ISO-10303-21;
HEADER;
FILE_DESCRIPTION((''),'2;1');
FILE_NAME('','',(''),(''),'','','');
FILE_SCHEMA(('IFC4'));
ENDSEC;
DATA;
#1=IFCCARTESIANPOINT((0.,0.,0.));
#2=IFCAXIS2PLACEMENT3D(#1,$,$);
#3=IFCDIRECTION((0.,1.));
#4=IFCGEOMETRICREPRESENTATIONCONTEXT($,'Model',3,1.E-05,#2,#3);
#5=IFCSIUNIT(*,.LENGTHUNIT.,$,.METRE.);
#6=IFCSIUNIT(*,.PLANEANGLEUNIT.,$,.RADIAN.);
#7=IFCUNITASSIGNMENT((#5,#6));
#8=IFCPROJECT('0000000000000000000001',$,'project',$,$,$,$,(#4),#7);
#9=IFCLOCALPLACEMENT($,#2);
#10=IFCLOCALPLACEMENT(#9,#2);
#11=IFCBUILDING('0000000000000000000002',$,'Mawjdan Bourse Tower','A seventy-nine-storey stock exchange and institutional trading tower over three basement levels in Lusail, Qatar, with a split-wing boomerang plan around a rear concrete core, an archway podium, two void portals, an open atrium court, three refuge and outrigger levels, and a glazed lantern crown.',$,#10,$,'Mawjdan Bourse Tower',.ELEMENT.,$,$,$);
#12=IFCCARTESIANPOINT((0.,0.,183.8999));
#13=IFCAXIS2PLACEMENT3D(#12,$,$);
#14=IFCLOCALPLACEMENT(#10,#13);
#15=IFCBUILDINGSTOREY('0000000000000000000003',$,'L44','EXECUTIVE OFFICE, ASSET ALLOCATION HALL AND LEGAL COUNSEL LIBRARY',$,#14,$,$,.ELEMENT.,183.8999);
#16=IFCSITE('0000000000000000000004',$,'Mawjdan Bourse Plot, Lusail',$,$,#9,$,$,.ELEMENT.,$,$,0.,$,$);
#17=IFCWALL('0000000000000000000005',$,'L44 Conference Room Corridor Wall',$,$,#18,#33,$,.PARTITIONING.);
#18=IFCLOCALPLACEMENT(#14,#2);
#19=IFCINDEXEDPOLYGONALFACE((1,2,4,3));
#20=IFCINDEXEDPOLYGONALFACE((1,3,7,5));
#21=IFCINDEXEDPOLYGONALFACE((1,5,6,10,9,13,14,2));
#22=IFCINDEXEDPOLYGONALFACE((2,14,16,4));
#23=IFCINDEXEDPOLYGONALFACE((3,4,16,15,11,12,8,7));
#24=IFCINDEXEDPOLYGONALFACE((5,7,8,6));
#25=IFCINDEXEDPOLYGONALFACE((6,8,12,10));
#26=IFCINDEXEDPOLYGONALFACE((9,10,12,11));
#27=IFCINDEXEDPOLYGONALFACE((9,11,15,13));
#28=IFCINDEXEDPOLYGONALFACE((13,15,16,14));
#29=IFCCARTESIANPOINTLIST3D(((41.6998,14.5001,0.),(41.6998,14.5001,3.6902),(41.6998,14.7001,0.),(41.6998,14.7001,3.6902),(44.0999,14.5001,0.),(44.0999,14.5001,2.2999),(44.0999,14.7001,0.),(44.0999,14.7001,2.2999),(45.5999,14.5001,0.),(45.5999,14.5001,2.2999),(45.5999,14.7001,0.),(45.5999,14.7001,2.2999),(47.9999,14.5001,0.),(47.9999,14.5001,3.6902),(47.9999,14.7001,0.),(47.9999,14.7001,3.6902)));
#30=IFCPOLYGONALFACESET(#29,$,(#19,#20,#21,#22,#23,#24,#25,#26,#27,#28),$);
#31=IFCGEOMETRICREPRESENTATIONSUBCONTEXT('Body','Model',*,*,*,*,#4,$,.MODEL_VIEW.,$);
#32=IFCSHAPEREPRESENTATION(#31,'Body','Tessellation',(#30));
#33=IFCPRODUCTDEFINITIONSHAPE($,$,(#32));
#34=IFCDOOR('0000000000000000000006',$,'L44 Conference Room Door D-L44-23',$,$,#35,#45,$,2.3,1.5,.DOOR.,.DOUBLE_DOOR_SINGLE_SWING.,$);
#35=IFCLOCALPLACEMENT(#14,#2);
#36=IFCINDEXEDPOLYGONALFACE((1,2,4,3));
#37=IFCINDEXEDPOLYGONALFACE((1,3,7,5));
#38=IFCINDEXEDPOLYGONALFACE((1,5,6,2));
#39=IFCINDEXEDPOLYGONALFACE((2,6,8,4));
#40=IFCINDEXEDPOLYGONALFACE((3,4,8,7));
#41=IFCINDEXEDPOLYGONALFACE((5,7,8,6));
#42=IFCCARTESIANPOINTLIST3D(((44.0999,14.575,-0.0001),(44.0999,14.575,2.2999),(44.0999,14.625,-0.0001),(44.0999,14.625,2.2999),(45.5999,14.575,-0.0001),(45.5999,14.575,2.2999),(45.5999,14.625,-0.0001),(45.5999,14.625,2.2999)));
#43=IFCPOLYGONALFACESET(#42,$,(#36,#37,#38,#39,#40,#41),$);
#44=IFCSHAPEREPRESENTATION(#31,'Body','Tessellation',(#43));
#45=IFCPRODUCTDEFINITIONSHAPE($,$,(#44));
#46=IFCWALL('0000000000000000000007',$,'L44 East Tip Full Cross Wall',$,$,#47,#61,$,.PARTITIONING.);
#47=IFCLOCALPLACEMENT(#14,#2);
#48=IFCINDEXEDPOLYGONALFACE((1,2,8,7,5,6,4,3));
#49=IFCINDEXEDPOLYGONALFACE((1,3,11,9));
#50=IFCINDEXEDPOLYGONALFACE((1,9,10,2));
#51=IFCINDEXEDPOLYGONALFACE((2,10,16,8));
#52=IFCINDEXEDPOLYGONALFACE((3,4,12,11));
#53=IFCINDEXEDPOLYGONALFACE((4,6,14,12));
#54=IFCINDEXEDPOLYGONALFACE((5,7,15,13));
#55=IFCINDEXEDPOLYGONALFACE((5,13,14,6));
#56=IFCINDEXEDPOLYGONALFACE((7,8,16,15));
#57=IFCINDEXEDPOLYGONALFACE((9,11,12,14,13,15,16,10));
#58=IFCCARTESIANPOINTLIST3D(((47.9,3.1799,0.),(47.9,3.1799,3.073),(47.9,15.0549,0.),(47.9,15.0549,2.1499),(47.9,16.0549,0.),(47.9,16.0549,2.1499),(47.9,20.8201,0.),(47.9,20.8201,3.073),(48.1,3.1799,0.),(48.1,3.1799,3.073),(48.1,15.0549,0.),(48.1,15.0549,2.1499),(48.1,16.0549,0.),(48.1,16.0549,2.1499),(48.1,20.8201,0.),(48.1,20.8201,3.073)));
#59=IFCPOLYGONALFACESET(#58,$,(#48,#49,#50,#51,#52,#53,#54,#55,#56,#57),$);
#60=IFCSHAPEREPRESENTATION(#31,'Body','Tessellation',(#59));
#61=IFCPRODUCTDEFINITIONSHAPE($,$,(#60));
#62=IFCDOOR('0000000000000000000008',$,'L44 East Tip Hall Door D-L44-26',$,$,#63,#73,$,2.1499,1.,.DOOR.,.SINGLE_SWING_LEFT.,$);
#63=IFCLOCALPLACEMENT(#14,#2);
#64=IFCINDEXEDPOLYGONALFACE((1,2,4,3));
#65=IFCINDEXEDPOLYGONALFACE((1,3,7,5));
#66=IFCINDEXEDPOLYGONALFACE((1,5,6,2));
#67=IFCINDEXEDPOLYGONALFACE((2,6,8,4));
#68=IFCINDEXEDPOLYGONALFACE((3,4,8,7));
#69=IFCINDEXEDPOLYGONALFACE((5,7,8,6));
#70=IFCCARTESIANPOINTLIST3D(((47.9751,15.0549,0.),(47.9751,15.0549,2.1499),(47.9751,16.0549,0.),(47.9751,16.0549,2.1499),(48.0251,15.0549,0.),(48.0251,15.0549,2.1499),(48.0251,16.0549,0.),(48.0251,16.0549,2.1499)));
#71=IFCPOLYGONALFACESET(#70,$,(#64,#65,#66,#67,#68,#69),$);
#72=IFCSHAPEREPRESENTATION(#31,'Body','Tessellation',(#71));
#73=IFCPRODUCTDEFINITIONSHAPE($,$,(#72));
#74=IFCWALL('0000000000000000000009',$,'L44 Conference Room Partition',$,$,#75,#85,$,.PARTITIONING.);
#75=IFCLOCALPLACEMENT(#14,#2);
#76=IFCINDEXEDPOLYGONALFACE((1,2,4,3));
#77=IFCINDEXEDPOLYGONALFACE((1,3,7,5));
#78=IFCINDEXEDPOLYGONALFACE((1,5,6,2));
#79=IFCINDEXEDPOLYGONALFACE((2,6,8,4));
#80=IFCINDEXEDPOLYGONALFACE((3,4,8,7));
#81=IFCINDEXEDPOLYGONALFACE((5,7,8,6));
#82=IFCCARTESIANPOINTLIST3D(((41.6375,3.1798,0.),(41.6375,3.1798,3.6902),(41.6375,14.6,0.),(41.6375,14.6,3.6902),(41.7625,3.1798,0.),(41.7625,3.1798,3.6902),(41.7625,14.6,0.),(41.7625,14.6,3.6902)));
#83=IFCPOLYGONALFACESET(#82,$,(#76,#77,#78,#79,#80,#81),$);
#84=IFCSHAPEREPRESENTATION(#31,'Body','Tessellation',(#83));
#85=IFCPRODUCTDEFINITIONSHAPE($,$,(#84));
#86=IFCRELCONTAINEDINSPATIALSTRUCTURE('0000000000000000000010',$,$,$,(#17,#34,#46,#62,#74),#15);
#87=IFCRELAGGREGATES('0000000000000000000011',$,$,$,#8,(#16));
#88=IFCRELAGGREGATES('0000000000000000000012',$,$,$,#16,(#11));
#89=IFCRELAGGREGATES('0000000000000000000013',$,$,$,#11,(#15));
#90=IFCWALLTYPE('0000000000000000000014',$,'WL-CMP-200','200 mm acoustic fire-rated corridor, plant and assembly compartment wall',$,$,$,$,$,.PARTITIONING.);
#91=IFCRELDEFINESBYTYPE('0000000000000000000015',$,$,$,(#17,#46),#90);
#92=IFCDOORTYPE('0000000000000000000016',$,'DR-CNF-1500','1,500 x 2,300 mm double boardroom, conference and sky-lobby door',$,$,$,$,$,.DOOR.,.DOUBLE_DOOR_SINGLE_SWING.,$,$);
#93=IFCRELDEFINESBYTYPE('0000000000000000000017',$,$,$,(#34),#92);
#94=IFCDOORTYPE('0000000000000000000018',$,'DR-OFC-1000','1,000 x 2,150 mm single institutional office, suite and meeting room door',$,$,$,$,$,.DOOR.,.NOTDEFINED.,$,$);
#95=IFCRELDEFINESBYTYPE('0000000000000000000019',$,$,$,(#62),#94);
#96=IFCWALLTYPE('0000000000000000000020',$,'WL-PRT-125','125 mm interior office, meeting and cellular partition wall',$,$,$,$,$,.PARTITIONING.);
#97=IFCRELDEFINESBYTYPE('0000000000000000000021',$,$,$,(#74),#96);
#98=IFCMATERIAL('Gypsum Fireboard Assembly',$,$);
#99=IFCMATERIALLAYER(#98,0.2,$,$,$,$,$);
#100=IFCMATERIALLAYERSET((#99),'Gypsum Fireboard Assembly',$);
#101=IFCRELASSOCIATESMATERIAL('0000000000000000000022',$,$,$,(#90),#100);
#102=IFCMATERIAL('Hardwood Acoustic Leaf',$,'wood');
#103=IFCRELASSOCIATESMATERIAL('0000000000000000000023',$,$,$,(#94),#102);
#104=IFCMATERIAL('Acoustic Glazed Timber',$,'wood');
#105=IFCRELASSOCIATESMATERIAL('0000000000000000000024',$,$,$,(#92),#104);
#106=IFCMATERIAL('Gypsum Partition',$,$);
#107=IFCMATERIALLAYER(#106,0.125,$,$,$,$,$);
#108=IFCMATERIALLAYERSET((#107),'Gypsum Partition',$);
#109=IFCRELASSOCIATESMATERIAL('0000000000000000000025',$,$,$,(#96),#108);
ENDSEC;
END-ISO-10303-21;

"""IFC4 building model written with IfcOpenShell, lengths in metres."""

from ifc_helpers import new_model, si_unit, direction, frame, frame_2d, origin, place, context, subcontext, project, spatial, rectangle, extrude, material, layer, layer_set, type_object, element, fill, save


model = new_model("IFC4")

# Units and contexts
model_context = context("Model", 3, precision=1e-05, world=origin(), true_north=direction((0.0, 1.0)))
body_context = subcontext(model_context, "Body", "Model", "MODEL_VIEW")
ifc_project = project(units=[si_unit("LENGTHUNIT", "METRE"), si_unit("PLANEANGLEUNIT", "RADIAN")], contexts=[model_context])

# Site, building, storey
site_placement = place(None, origin())
site = spatial("IfcSite", under=ifc_project, at=site_placement, Name="Mawjdan Bourse Plot, Lusail", CompositionType="ELEMENT", RefElevation=0.0)
building_placement = place(site_placement, origin())
building = spatial("IfcBuilding", under=site, at=building_placement, Name="Mawjdan Bourse Tower", Description="A seventy-nine-storey stock exchange and institutional trading tower over three basement levels in Lusail, Qatar, with a split-wing boomerang plan around a rear concrete core, an archway podium, two void portals, an open atrium court, three refuge and outrigger levels, and a glazed lantern crown.", LongName="Mawjdan Bourse Tower", CompositionType="ELEMENT")
storey_placement = place(building_placement, frame((0.0, 0.0, 183.8999)))
storey = spatial("IfcBuildingStorey", under=building, at=storey_placement, Name="L44", Description="EXECUTIVE OFFICE, ASSET ALLOCATION HALL AND LEGAL COUNSEL LIBRARY", CompositionType="ELEMENT", Elevation=183.8999)

# Walls, openings, doors
ifc_material_1 = material(Name="Gypsum Fireboard Assembly")
ifc_layer_1 = layer(ifc_material_1, 0.2)
ifc_layer_set_1 = layer_set([ifc_layer_1], Name="Gypsum Fireboard Assembly")
wall_type_1 = type_object("IfcWallType", Name="WL-CMP-200", Description="200 mm acoustic fire-rated corridor, plant and assembly compartment wall", PredefinedType="PARTITIONING", material=ifc_layer_set_1)
ifc_material_2 = material(Name="Hardwood Acoustic Leaf", Category="wood")
door_type_1 = type_object("IfcDoorType", Name="DR-OFC-1000", Description="1,000 x 2,150 mm single institutional office, suite and meeting room door", OperationType="NOTDEFINED", PredefinedType="DOOR", material=ifc_material_2)
wall_1_placement = place(storey_placement, frame((41.7, 14.6001, 0.0), z_axis=(0.0, 0.0, 1.0), x_axis=(1.0, 0.0, 0.0)))
wall_1 = element("IfcWall", 1, at=wall_1_placement, inside=storey, type_object=wall_type_1, Name="L44 Conference Room Corridor Wall", PredefinedType="PARTITIONING", context=body_context, shape_type="SweptSolid", body=[
    extrude(rectangle(XDim=6.3, YDim=0.2, at=frame_2d((3.1499, 0.0))), origin(), (0.0, 0.0, 1.0), 3.6902),
])
opening_1_placement = place(wall_1_placement, frame((2.3999, 0.0, 0.0)))
opening_1 = element("IfcOpeningElement", 2, at=opening_1_placement, cuts=wall_1, PredefinedType="OPENING", context=body_context, shape_type="SweptSolid", body=[
    extrude(rectangle(XDim=1.5, YDim=2.3, at=frame_2d((0.75, 1.1499))), frame((0.0, 0.1099, 0.0), z_axis=(0.0, -1.0, 0.0), x_axis=(1.0, 0.0, 0.0)), (0.0, 0.0, 1.0), 0.22),
])
ifc_material_3 = material(Name="Acoustic Glazed Timber", Category="wood")
door_type_2 = type_object("IfcDoorType", Name="DR-CNF-1500", Description="1,500 x 2,300 mm double boardroom, conference and sky-lobby door", OperationType="DOUBLE_DOOR_SINGLE_SWING", PredefinedType="DOOR", material=ifc_material_3)
door_1_placement = place(opening_1_placement, origin())
door_1 = element("IfcDoor", 3, at=door_1_placement, inside=storey, type_object=door_type_2, Name="L44 Conference Room Door D-L44-23", OperationType="DOUBLE_DOOR_SINGLE_SWING", OverallHeight=2.3, OverallWidth=1.5, PredefinedType="DOOR", context=body_context, shape_type="SweptSolid", body=[
    extrude(rectangle(XDim=1.5, YDim=2.3, at=frame_2d((0.75, 1.1499))), frame((0.0, 0.0249, 0.0), z_axis=(0.0, -1.0, 0.0), x_axis=(1.0, 0.0, 0.0)), (0.0, 0.0, 1.0), 0.05),
])
fill(opening_1, door_1)
wall_2_placement = place(storey_placement, frame((48.0, 3.1799, 0.0), z_axis=(0.0, 0.0, 1.0), x_axis=(0.0, 1.0, 0.0)))
wall_2 = element("IfcWall", 4, at=wall_2_placement, inside=storey, type_object=wall_type_1, Name="L44 East Tip Full Cross Wall", PredefinedType="PARTITIONING", context=body_context, shape_type="SweptSolid", body=[
    extrude(rectangle(XDim=17.6401, YDim=0.2, at=frame_2d((8.8201, 0.0))), origin(), (0.0, 0.0, 1.0), 3.073),
])
opening_2_placement = place(wall_2_placement, frame((11.875, 0.0, 0.0)))
opening_2 = element("IfcOpeningElement", 5, at=opening_2_placement, cuts=wall_2, PredefinedType="OPENING", context=body_context, shape_type="SweptSolid", body=[
    extrude(rectangle(XDim=1.0, YDim=2.1499, at=frame_2d((0.5, 1.075))), frame((0.0, 0.1099, 0.0), z_axis=(0.0, -1.0, 0.0), x_axis=(1.0, 0.0, 0.0)), (0.0, 0.0, 1.0), 0.22),
])
door_2_placement = place(opening_2_placement, origin())
door_2 = element("IfcDoor", 6, at=door_2_placement, inside=storey, type_object=door_type_1, Name="L44 East Tip Hall Door D-L44-26", OperationType="SINGLE_SWING_LEFT", OverallHeight=2.1499, OverallWidth=1.0, PredefinedType="DOOR", context=body_context, shape_type="SweptSolid", body=[
    extrude(rectangle(XDim=1.0, YDim=2.1499, at=frame_2d((0.5, 1.075))), frame((0.0, 0.0249, 0.0), z_axis=(0.0, -1.0, 0.0), x_axis=(1.0, 0.0, 0.0)), (0.0, 0.0, 1.0), 0.05),
])
fill(opening_2, door_2)

# Wall
ifc_material_4 = material(Name="Gypsum Partition")
ifc_layer_2 = layer(ifc_material_4, 0.125)
ifc_layer_set_2 = layer_set([ifc_layer_2], Name="Gypsum Partition")
wall_type_2 = type_object("IfcWallType", Name="WL-PRT-125", Description="125 mm interior office, meeting and cellular partition wall", PredefinedType="PARTITIONING", material=ifc_layer_set_2)
wall_3_placement = place(storey_placement, frame((41.7, 3.1799, 0.0), z_axis=(0.0, 0.0, 1.0), x_axis=(0.0, 1.0, 0.0)))
element("IfcWall", 7, at=wall_3_placement, inside=storey, type_object=wall_type_2, Name="L44 Conference Room Partition", PredefinedType="PARTITIONING", context=body_context, shape_type="SweptSolid", body=[
    extrude(rectangle(XDim=11.4202, YDim=0.125, at=frame_2d((5.71, 0.0))), origin(), (0.0, 0.0, 1.0), 3.6902),
])

save(model, "model.ifc")
